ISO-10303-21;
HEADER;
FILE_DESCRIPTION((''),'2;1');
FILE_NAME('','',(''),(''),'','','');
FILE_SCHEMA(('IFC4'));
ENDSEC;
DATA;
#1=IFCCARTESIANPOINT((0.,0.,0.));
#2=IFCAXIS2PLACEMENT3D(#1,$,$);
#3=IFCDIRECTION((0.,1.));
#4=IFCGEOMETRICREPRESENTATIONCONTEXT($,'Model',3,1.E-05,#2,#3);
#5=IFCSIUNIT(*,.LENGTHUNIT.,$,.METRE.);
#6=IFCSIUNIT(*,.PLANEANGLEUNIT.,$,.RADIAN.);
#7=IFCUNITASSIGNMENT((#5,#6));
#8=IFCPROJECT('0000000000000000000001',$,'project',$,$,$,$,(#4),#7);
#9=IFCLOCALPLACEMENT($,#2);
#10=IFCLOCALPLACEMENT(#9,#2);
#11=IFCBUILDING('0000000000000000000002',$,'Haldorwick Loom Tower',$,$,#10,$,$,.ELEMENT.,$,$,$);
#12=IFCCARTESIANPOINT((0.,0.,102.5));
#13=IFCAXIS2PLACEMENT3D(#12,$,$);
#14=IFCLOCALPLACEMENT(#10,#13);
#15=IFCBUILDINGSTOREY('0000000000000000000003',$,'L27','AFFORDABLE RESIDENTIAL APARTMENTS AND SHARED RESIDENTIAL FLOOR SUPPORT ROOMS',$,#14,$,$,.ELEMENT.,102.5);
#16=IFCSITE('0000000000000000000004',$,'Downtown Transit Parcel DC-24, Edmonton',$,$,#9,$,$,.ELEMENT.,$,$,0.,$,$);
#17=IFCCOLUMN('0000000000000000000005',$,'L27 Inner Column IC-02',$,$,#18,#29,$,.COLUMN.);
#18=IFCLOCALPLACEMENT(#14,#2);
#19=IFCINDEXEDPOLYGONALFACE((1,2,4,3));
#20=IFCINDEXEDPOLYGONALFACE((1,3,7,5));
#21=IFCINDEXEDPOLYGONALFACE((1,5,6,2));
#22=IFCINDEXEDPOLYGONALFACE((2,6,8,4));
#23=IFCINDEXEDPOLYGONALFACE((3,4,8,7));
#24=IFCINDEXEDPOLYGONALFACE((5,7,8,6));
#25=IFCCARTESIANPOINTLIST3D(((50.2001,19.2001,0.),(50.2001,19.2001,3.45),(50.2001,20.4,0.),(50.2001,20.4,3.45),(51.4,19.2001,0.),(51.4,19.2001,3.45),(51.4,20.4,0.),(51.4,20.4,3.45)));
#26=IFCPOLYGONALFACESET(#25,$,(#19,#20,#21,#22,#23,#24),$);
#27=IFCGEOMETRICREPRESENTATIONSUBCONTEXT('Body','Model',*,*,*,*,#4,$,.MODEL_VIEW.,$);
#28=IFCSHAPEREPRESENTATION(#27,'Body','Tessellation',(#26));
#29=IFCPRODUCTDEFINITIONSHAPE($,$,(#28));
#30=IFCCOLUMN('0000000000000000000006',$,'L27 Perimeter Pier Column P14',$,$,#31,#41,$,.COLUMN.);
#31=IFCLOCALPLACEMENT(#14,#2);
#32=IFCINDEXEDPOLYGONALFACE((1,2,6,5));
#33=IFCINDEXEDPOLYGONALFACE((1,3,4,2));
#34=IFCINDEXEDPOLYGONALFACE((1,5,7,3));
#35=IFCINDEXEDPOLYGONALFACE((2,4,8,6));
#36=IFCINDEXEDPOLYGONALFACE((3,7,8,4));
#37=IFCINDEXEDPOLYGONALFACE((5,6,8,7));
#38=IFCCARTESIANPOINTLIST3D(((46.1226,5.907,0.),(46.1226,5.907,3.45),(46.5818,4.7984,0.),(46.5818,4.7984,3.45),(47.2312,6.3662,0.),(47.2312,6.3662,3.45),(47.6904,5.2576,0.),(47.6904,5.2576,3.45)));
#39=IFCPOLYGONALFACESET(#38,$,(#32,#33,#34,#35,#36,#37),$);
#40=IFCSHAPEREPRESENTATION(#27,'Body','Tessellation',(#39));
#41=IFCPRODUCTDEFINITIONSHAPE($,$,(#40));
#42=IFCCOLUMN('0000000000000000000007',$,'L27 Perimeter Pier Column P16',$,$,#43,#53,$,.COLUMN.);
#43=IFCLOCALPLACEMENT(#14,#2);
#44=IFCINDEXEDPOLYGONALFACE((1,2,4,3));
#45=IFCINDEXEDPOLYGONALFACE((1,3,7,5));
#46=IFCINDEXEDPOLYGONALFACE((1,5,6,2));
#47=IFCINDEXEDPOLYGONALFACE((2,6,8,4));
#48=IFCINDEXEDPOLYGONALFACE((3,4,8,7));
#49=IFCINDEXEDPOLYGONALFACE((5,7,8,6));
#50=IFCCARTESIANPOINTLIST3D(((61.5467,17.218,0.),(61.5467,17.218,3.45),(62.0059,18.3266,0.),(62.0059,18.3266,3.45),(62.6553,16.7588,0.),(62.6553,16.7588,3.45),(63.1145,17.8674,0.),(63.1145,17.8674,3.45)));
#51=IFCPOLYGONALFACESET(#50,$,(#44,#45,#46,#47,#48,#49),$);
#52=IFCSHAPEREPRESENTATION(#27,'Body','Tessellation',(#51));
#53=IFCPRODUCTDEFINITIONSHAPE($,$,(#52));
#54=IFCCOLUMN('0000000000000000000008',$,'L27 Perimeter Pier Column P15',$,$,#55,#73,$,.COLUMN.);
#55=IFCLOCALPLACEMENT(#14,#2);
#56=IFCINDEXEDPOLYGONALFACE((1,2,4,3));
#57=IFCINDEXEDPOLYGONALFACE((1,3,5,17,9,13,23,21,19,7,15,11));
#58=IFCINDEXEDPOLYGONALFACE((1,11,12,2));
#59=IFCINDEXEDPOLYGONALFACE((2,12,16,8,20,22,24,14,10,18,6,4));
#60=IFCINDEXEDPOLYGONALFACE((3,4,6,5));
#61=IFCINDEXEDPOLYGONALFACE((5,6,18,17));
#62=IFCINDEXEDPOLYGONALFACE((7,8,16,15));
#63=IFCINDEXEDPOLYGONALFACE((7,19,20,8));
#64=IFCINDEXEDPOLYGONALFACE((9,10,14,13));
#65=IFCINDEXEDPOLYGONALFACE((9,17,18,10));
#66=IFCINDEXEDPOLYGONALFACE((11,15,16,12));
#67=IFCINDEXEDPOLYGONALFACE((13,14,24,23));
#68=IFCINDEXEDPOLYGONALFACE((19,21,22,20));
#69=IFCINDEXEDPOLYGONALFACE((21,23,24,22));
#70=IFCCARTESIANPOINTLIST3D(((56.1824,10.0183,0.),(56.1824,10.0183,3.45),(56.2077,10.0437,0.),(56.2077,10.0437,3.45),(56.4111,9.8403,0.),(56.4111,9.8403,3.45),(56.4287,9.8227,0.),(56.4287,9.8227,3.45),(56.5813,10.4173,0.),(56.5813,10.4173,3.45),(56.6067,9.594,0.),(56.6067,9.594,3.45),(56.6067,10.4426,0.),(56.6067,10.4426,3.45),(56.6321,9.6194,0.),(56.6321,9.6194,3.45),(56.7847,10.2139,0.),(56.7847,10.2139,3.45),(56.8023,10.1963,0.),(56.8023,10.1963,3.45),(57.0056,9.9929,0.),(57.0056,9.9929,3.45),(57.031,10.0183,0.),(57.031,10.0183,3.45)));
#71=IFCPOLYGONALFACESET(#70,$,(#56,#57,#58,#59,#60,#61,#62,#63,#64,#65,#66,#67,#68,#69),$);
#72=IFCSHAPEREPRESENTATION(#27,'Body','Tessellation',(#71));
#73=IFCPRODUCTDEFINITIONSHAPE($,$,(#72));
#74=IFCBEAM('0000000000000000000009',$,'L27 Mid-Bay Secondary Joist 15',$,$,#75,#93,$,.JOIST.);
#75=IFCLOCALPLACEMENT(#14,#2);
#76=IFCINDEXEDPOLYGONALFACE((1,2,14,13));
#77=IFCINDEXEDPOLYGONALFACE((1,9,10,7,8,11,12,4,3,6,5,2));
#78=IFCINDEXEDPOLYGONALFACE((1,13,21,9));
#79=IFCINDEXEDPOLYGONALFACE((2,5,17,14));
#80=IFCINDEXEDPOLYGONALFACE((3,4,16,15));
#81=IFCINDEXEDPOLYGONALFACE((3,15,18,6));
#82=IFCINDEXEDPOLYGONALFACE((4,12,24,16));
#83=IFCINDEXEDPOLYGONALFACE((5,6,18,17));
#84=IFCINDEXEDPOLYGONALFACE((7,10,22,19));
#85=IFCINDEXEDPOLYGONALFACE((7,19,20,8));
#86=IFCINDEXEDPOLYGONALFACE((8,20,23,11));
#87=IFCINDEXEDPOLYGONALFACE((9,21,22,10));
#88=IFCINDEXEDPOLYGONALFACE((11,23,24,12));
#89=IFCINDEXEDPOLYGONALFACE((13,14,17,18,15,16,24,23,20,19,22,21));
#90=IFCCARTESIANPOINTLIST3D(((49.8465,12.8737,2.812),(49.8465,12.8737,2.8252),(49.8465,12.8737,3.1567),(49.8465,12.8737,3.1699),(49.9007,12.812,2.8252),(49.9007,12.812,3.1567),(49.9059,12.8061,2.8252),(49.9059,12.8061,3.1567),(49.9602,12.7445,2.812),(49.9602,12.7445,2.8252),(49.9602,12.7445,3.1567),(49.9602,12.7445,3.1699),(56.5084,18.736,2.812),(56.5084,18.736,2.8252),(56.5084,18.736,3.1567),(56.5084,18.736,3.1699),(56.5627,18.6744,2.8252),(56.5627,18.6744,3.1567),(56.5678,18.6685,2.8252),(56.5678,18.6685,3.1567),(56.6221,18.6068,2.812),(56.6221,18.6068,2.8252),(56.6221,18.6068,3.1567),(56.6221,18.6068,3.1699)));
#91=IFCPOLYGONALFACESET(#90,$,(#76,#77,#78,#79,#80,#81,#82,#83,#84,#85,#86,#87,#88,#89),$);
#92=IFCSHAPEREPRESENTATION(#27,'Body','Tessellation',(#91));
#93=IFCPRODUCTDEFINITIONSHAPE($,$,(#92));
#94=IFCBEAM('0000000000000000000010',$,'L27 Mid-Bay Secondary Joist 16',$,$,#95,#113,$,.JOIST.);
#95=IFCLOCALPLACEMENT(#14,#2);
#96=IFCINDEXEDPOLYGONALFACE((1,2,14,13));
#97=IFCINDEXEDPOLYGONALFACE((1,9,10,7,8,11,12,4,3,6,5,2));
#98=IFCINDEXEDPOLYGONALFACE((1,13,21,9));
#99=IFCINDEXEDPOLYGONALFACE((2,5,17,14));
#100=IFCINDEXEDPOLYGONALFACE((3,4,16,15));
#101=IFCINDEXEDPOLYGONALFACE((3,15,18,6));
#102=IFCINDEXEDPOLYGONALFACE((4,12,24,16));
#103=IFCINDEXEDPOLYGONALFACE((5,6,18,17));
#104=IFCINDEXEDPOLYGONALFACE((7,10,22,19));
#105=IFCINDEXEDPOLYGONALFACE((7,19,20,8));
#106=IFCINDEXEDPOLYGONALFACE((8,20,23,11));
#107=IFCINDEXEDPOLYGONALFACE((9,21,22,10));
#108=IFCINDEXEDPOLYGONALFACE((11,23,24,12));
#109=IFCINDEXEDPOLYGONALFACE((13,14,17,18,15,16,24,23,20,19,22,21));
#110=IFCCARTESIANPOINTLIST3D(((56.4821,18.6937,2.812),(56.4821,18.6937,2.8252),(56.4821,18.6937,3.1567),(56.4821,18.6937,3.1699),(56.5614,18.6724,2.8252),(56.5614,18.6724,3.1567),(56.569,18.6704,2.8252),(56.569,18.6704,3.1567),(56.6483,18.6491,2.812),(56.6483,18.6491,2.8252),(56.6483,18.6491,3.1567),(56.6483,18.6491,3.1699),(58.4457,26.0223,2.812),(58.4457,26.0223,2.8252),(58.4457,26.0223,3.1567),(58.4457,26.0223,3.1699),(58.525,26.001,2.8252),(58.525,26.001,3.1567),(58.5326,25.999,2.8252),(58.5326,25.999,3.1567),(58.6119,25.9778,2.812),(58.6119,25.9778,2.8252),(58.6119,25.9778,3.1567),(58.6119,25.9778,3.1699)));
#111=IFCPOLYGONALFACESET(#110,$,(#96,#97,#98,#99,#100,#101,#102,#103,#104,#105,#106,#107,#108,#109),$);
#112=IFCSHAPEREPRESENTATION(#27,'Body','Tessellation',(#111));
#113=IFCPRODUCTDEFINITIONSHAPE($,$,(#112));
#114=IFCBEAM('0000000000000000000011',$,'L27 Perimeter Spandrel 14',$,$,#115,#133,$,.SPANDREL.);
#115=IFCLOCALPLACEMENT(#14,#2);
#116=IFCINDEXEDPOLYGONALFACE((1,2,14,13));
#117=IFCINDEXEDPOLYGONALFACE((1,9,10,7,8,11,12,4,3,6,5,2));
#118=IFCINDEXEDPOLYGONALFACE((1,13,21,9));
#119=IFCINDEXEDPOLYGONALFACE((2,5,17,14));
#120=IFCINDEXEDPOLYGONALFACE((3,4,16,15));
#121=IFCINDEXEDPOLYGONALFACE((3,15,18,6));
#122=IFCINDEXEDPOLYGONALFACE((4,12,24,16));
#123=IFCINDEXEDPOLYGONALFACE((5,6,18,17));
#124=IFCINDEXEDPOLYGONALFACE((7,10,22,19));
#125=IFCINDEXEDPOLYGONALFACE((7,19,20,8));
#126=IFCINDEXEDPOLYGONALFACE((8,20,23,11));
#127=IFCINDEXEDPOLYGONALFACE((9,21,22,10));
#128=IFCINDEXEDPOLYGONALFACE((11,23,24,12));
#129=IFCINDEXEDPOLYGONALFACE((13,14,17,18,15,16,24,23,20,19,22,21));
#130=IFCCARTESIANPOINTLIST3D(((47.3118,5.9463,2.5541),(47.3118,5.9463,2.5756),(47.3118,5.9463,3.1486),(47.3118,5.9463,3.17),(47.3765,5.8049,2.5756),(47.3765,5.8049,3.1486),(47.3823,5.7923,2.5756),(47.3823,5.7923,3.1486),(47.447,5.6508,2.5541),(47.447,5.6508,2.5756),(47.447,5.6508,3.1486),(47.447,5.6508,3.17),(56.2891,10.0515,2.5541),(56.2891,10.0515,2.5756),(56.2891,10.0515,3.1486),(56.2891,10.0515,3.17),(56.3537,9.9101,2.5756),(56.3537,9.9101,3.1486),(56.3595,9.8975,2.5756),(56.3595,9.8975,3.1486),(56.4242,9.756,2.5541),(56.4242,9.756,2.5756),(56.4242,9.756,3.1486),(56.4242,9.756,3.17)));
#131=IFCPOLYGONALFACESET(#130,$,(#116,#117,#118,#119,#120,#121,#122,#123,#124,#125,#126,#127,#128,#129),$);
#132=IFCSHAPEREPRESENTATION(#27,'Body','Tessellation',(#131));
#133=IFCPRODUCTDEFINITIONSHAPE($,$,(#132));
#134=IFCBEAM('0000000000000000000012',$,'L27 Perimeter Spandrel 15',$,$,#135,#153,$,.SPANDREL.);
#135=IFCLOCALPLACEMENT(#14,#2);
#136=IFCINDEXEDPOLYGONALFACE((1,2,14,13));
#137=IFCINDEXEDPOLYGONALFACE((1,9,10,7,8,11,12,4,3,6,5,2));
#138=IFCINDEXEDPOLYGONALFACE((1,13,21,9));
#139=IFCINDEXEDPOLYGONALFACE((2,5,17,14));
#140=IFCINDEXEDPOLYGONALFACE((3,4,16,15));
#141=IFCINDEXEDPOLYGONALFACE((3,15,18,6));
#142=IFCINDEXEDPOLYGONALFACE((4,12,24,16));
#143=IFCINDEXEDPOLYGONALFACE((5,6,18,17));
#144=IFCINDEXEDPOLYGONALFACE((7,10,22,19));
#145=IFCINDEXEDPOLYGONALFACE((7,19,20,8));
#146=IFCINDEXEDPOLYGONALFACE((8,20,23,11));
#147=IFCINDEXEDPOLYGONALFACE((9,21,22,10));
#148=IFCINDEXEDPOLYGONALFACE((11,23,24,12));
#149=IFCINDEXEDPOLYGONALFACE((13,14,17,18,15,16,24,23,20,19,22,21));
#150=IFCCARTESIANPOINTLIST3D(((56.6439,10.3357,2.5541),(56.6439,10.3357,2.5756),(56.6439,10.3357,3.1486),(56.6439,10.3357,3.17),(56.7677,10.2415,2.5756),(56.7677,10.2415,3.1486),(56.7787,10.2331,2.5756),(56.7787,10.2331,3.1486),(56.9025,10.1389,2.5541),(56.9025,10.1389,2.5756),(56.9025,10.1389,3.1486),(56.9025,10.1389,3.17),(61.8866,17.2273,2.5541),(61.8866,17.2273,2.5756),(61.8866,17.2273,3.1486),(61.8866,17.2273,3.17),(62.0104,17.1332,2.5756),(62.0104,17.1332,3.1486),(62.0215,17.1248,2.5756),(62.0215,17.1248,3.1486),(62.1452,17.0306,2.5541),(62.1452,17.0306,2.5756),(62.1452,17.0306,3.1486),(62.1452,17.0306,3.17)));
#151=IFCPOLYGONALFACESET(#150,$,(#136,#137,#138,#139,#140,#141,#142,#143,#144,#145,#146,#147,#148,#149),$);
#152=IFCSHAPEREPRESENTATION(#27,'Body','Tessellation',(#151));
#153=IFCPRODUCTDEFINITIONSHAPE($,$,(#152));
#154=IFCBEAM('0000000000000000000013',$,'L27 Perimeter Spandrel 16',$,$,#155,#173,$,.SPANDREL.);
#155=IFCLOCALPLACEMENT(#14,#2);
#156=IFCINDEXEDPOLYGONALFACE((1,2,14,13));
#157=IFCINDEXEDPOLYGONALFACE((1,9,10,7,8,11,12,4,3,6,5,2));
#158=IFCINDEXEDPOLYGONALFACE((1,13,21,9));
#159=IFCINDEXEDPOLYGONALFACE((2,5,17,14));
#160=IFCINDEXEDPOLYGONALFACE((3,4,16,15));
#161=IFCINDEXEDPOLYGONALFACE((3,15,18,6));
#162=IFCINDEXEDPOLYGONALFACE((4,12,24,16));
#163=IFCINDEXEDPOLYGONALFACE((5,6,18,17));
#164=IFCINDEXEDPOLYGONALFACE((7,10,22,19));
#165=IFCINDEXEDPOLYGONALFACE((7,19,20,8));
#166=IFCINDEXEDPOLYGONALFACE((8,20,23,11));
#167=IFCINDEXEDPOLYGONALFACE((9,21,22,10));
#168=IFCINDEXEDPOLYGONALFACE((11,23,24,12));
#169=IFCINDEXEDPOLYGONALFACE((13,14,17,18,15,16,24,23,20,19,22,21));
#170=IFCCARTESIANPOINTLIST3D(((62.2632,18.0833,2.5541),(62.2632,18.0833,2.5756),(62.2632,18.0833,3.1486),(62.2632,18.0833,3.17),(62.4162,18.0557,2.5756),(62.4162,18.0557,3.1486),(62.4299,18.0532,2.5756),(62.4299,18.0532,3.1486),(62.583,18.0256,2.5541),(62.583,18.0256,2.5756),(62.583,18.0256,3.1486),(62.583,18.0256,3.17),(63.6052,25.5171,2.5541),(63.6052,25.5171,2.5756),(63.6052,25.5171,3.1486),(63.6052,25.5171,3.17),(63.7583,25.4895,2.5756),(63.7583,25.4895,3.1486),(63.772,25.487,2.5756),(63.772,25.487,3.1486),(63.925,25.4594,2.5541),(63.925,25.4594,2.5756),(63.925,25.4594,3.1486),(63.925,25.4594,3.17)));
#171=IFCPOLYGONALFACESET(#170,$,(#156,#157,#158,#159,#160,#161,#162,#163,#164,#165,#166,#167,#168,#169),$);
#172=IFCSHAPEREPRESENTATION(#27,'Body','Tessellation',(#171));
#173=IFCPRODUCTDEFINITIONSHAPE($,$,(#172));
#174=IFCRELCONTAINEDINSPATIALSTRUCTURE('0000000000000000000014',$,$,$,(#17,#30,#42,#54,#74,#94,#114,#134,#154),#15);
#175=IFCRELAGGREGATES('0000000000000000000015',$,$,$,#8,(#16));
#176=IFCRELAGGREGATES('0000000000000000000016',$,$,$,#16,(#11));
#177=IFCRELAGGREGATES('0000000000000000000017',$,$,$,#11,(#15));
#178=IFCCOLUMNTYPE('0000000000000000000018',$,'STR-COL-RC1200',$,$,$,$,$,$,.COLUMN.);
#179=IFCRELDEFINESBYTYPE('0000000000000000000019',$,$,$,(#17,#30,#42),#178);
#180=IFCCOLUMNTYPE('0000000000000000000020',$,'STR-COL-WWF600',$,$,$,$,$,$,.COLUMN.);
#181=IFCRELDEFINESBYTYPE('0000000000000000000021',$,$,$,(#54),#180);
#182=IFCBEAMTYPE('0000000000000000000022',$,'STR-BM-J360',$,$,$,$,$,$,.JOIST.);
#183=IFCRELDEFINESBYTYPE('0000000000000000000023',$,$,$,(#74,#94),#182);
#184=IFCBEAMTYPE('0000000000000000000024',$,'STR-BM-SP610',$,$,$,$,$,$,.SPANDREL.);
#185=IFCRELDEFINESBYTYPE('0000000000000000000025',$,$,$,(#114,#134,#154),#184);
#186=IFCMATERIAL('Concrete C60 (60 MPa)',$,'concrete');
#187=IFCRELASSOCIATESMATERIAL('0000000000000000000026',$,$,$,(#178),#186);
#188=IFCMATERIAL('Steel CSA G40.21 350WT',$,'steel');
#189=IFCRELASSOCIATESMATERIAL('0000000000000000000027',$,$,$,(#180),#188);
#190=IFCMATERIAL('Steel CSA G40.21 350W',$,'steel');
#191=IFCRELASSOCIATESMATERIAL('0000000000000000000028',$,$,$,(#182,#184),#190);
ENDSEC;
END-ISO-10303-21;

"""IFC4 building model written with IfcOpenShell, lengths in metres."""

from ifc_helpers import new_model, si_unit, direction, frame, origin, origin_2d, place, context, subcontext, project, spatial, rectangle, i_section, extrude, material, material_profile, profile_set, type_object, element, save


model = new_model("IFC4")

# Units and contexts
model_context = context("Model", 3, precision=1e-05, world=origin(), true_north=direction((0.0, 1.0)))
body_context = subcontext(model_context, "Body", "Model", "MODEL_VIEW")
ifc_project = project(units=[si_unit("LENGTHUNIT", "METRE"), si_unit("PLANEANGLEUNIT", "RADIAN")], contexts=[model_context])

# Site, building, storey
site_placement = place(None, origin())
site = spatial("IfcSite", under=ifc_project, at=site_placement, Name="Downtown Transit Parcel DC-24, Edmonton", CompositionType="ELEMENT", RefElevation=0.0)
building_placement = place(site_placement, origin())
building = spatial("IfcBuilding", under=site, at=building_placement, Name="Haldorwick Loom Tower", CompositionType="ELEMENT")
storey_placement = place(building_placement, frame((0.0, 0.0, 102.5)))
storey = spatial("IfcBuildingStorey", under=building, at=storey_placement, Name="L27", Description="AFFORDABLE RESIDENTIAL APARTMENTS AND SHARED RESIDENTIAL FLOOR SUPPORT ROOMS", CompositionType="ELEMENT", Elevation=102.5)

# Columns
ifc_material_1 = material(Name="Concrete C60 (60 MPa)", Category="concrete")
ifc_material_profile_1 = material_profile(ifc_material_1, rectangle(XDim=1.2, YDim=1.2, at=origin_2d()), Name="RC1200X1200", Category="concrete")
ifc_profile_set_1 = profile_set([ifc_material_profile_1], Name="Concrete C60 (60 MPa)")
column_type_1 = type_object("IfcColumnType", Name="STR-COL-RC1200", PredefinedType="COLUMN", material=ifc_profile_set_1)
for number, where, z_axis, x_axis, name in (
    (1, (50.8, 19.8, 0.0), (0.0, 0.0, 1.0), (1.0, 0.0, 0.0), "L27 Inner Column IC-02"),
    (2, (46.9065, 5.5823, 0.0), (0.0, 0.0, 1.0), (0.382683, -0.92388, 0.0), "L27 Perimeter Pier Column P14"),
    (3, (62.3306, 17.5427, 0.0), (0.0, 0.0, 1.0), (0.92388, -0.382683, 0.0), "L27 Perimeter Pier Column P16"),
):
    element("IfcColumn", number, at=place(storey_placement, frame(where, z_axis=z_axis, x_axis=x_axis)), inside=storey, type_object=column_type_1, Name=name, PredefinedType="COLUMN", context=body_context, shape_type="SweptSolid", body=[
        extrude(rectangle(XDim=1.2, YDim=1.2, at=origin_2d()), origin(), (0.0, 0.0, 1.0), 3.45),
    ])
ifc_material_2 = material(Name="Steel CSA G40.21 350WT", Category="steel")
ifc_material_profile_2 = material_profile(ifc_material_2, i_section(OverallWidth=0.6001, OverallDepth=0.6001, WebThickness=0.0249, FlangeThickness=0.0359, at=origin_2d()), Name="WWF600X600", Category="steel")
ifc_profile_set_2 = profile_set([ifc_material_profile_2], Name="Steel CSA G40.21 350WT")
column_type_2 = type_object("IfcColumnType", Name="STR-COL-WWF600", PredefinedType="COLUMN", material=ifc_profile_set_2)
column_placement = place(storey_placement, frame((56.6067, 10.0183, 0.0), z_axis=(0.0, 0.0, 1.0), x_axis=(0.707107, -0.707107, 0.0)))
element("IfcColumn", 4, at=column_placement, inside=storey, type_object=column_type_2, Name="L27 Perimeter Pier Column P15", PredefinedType="COLUMN", context=body_context, shape_type="SweptSolid", body=[
    extrude(i_section(OverallWidth=0.6001, OverallDepth=0.6001, WebThickness=0.0249, FlangeThickness=0.0359, at=origin_2d()), origin(), (0.0, 0.0, 1.0), 3.45),
])

# Beams
ifc_material_3 = material(Name="Steel CSA G40.21 350W", Category="steel")
ifc_material_profile_3 = material_profile(ifc_material_3, i_section(OverallWidth=0.1721, OverallDepth=0.3579, WebThickness=0.0078, FlangeThickness=0.0132, at=origin_2d()), Name="W360X57", Category="steel")
ifc_profile_set_3 = profile_set([ifc_material_profile_3], Name="Steel CSA G40.21 350W")
beam_type_1 = type_object("IfcBeamType", Name="STR-BM-J360", PredefinedType="JOIST", material=ifc_profile_set_3)
beam_1_placement = place(storey_placement, frame((49.9033, 12.8091, 2.991), z_axis=(0.750721, 0.660619, 0.0), x_axis=(-0.660619, 0.750721, 0.0)))
element("IfcBeam", 5, at=beam_1_placement, inside=storey, type_object=beam_type_1, Name="L27 Mid-Bay Secondary Joist 15", PredefinedType="JOIST", context=body_context, shape_type="SweptSolid", body=[
    extrude(i_section(OverallWidth=0.1721, OverallDepth=0.3579, WebThickness=0.0078, FlangeThickness=0.0132, at=origin_2d()), origin(), (0.0, 0.0, 1.0), 8.874),
])
beam_2_placement = place(storey_placement, frame((56.5652, 18.6714, 2.991), z_axis=(0.25881, 0.965928, 0.0), x_axis=(-0.965928, 0.25881, 0.0)))
element("IfcBeam", 6, at=beam_2_placement, inside=storey, type_object=beam_type_1, Name="L27 Mid-Bay Secondary Joist 16", PredefinedType="JOIST", context=body_context, shape_type="SweptSolid", body=[
    extrude(i_section(OverallWidth=0.1721, OverallDepth=0.3579, WebThickness=0.0078, FlangeThickness=0.0132, at=origin_2d()), origin(), (0.0, 0.0, 1.0), 7.5872),
])
ifc_material_profile_4 = material_profile(ifc_material_3, i_section(OverallWidth=0.325, OverallDepth=0.616, WebThickness=0.0139, FlangeThickness=0.0215, at=origin_2d()), Name="W610X174", Category="steel")
ifc_profile_set_4 = profile_set([ifc_material_profile_4], Name="Steel CSA G40.21 350W")
beam_type_2 = type_object("IfcBeamType", Name="STR-BM-SP610", PredefinedType="SPANDREL", material=ifc_profile_set_4)
beam_3_placement = place(storey_placement, frame((47.3794, 5.7986, 2.8621), z_axis=(0.909424, 0.41587, 0.0), x_axis=(-0.41587, 0.909424, 0.0)))
element("IfcBeam", 7, at=beam_3_placement, inside=storey, type_object=beam_type_2, Name="L27 Perimeter Spandrel 14", PredefinedType="SPANDREL", context=body_context, shape_type="SweptSolid", body=[
    extrude(i_section(OverallWidth=0.325, OverallDepth=0.616, WebThickness=0.0139, FlangeThickness=0.0215, at=origin_2d()), origin(), (0.0, 0.0, 1.0), 9.8713),
])
beam_4_placement = place(storey_placement, frame((56.7732, 10.2373, 2.8621), z_axis=(0.605454, 0.795881, 0.0), x_axis=(-0.795881, 0.605454, 0.0)))
element("IfcBeam", 8, at=beam_4_placement, inside=storey, type_object=beam_type_2, Name="L27 Perimeter Spandrel 15", PredefinedType="SPANDREL", context=body_context, shape_type="SweptSolid", body=[
    extrude(i_section(OverallWidth=0.325, OverallDepth=0.616, WebThickness=0.0139, FlangeThickness=0.0215, at=origin_2d()), origin(), (0.0, 0.0, 1.0), 8.6592),
])
beam_5_placement = place(storey_placement, frame((62.4231, 18.0544, 2.8621), z_axis=(0.177659, 0.984092, 0.0), x_axis=(-0.984092, 0.177659, 0.0)))
element("IfcBeam", 9, at=beam_5_placement, inside=storey, type_object=beam_type_2, Name="L27 Perimeter Spandrel 16", PredefinedType="SPANDREL", context=body_context, shape_type="SweptSolid", body=[
    extrude(i_section(OverallWidth=0.325, OverallDepth=0.616, WebThickness=0.0139, FlangeThickness=0.0215, at=origin_2d()), origin(), (0.0, 0.0, 1.0), 7.554),
])

save(model, "model.ifc")
